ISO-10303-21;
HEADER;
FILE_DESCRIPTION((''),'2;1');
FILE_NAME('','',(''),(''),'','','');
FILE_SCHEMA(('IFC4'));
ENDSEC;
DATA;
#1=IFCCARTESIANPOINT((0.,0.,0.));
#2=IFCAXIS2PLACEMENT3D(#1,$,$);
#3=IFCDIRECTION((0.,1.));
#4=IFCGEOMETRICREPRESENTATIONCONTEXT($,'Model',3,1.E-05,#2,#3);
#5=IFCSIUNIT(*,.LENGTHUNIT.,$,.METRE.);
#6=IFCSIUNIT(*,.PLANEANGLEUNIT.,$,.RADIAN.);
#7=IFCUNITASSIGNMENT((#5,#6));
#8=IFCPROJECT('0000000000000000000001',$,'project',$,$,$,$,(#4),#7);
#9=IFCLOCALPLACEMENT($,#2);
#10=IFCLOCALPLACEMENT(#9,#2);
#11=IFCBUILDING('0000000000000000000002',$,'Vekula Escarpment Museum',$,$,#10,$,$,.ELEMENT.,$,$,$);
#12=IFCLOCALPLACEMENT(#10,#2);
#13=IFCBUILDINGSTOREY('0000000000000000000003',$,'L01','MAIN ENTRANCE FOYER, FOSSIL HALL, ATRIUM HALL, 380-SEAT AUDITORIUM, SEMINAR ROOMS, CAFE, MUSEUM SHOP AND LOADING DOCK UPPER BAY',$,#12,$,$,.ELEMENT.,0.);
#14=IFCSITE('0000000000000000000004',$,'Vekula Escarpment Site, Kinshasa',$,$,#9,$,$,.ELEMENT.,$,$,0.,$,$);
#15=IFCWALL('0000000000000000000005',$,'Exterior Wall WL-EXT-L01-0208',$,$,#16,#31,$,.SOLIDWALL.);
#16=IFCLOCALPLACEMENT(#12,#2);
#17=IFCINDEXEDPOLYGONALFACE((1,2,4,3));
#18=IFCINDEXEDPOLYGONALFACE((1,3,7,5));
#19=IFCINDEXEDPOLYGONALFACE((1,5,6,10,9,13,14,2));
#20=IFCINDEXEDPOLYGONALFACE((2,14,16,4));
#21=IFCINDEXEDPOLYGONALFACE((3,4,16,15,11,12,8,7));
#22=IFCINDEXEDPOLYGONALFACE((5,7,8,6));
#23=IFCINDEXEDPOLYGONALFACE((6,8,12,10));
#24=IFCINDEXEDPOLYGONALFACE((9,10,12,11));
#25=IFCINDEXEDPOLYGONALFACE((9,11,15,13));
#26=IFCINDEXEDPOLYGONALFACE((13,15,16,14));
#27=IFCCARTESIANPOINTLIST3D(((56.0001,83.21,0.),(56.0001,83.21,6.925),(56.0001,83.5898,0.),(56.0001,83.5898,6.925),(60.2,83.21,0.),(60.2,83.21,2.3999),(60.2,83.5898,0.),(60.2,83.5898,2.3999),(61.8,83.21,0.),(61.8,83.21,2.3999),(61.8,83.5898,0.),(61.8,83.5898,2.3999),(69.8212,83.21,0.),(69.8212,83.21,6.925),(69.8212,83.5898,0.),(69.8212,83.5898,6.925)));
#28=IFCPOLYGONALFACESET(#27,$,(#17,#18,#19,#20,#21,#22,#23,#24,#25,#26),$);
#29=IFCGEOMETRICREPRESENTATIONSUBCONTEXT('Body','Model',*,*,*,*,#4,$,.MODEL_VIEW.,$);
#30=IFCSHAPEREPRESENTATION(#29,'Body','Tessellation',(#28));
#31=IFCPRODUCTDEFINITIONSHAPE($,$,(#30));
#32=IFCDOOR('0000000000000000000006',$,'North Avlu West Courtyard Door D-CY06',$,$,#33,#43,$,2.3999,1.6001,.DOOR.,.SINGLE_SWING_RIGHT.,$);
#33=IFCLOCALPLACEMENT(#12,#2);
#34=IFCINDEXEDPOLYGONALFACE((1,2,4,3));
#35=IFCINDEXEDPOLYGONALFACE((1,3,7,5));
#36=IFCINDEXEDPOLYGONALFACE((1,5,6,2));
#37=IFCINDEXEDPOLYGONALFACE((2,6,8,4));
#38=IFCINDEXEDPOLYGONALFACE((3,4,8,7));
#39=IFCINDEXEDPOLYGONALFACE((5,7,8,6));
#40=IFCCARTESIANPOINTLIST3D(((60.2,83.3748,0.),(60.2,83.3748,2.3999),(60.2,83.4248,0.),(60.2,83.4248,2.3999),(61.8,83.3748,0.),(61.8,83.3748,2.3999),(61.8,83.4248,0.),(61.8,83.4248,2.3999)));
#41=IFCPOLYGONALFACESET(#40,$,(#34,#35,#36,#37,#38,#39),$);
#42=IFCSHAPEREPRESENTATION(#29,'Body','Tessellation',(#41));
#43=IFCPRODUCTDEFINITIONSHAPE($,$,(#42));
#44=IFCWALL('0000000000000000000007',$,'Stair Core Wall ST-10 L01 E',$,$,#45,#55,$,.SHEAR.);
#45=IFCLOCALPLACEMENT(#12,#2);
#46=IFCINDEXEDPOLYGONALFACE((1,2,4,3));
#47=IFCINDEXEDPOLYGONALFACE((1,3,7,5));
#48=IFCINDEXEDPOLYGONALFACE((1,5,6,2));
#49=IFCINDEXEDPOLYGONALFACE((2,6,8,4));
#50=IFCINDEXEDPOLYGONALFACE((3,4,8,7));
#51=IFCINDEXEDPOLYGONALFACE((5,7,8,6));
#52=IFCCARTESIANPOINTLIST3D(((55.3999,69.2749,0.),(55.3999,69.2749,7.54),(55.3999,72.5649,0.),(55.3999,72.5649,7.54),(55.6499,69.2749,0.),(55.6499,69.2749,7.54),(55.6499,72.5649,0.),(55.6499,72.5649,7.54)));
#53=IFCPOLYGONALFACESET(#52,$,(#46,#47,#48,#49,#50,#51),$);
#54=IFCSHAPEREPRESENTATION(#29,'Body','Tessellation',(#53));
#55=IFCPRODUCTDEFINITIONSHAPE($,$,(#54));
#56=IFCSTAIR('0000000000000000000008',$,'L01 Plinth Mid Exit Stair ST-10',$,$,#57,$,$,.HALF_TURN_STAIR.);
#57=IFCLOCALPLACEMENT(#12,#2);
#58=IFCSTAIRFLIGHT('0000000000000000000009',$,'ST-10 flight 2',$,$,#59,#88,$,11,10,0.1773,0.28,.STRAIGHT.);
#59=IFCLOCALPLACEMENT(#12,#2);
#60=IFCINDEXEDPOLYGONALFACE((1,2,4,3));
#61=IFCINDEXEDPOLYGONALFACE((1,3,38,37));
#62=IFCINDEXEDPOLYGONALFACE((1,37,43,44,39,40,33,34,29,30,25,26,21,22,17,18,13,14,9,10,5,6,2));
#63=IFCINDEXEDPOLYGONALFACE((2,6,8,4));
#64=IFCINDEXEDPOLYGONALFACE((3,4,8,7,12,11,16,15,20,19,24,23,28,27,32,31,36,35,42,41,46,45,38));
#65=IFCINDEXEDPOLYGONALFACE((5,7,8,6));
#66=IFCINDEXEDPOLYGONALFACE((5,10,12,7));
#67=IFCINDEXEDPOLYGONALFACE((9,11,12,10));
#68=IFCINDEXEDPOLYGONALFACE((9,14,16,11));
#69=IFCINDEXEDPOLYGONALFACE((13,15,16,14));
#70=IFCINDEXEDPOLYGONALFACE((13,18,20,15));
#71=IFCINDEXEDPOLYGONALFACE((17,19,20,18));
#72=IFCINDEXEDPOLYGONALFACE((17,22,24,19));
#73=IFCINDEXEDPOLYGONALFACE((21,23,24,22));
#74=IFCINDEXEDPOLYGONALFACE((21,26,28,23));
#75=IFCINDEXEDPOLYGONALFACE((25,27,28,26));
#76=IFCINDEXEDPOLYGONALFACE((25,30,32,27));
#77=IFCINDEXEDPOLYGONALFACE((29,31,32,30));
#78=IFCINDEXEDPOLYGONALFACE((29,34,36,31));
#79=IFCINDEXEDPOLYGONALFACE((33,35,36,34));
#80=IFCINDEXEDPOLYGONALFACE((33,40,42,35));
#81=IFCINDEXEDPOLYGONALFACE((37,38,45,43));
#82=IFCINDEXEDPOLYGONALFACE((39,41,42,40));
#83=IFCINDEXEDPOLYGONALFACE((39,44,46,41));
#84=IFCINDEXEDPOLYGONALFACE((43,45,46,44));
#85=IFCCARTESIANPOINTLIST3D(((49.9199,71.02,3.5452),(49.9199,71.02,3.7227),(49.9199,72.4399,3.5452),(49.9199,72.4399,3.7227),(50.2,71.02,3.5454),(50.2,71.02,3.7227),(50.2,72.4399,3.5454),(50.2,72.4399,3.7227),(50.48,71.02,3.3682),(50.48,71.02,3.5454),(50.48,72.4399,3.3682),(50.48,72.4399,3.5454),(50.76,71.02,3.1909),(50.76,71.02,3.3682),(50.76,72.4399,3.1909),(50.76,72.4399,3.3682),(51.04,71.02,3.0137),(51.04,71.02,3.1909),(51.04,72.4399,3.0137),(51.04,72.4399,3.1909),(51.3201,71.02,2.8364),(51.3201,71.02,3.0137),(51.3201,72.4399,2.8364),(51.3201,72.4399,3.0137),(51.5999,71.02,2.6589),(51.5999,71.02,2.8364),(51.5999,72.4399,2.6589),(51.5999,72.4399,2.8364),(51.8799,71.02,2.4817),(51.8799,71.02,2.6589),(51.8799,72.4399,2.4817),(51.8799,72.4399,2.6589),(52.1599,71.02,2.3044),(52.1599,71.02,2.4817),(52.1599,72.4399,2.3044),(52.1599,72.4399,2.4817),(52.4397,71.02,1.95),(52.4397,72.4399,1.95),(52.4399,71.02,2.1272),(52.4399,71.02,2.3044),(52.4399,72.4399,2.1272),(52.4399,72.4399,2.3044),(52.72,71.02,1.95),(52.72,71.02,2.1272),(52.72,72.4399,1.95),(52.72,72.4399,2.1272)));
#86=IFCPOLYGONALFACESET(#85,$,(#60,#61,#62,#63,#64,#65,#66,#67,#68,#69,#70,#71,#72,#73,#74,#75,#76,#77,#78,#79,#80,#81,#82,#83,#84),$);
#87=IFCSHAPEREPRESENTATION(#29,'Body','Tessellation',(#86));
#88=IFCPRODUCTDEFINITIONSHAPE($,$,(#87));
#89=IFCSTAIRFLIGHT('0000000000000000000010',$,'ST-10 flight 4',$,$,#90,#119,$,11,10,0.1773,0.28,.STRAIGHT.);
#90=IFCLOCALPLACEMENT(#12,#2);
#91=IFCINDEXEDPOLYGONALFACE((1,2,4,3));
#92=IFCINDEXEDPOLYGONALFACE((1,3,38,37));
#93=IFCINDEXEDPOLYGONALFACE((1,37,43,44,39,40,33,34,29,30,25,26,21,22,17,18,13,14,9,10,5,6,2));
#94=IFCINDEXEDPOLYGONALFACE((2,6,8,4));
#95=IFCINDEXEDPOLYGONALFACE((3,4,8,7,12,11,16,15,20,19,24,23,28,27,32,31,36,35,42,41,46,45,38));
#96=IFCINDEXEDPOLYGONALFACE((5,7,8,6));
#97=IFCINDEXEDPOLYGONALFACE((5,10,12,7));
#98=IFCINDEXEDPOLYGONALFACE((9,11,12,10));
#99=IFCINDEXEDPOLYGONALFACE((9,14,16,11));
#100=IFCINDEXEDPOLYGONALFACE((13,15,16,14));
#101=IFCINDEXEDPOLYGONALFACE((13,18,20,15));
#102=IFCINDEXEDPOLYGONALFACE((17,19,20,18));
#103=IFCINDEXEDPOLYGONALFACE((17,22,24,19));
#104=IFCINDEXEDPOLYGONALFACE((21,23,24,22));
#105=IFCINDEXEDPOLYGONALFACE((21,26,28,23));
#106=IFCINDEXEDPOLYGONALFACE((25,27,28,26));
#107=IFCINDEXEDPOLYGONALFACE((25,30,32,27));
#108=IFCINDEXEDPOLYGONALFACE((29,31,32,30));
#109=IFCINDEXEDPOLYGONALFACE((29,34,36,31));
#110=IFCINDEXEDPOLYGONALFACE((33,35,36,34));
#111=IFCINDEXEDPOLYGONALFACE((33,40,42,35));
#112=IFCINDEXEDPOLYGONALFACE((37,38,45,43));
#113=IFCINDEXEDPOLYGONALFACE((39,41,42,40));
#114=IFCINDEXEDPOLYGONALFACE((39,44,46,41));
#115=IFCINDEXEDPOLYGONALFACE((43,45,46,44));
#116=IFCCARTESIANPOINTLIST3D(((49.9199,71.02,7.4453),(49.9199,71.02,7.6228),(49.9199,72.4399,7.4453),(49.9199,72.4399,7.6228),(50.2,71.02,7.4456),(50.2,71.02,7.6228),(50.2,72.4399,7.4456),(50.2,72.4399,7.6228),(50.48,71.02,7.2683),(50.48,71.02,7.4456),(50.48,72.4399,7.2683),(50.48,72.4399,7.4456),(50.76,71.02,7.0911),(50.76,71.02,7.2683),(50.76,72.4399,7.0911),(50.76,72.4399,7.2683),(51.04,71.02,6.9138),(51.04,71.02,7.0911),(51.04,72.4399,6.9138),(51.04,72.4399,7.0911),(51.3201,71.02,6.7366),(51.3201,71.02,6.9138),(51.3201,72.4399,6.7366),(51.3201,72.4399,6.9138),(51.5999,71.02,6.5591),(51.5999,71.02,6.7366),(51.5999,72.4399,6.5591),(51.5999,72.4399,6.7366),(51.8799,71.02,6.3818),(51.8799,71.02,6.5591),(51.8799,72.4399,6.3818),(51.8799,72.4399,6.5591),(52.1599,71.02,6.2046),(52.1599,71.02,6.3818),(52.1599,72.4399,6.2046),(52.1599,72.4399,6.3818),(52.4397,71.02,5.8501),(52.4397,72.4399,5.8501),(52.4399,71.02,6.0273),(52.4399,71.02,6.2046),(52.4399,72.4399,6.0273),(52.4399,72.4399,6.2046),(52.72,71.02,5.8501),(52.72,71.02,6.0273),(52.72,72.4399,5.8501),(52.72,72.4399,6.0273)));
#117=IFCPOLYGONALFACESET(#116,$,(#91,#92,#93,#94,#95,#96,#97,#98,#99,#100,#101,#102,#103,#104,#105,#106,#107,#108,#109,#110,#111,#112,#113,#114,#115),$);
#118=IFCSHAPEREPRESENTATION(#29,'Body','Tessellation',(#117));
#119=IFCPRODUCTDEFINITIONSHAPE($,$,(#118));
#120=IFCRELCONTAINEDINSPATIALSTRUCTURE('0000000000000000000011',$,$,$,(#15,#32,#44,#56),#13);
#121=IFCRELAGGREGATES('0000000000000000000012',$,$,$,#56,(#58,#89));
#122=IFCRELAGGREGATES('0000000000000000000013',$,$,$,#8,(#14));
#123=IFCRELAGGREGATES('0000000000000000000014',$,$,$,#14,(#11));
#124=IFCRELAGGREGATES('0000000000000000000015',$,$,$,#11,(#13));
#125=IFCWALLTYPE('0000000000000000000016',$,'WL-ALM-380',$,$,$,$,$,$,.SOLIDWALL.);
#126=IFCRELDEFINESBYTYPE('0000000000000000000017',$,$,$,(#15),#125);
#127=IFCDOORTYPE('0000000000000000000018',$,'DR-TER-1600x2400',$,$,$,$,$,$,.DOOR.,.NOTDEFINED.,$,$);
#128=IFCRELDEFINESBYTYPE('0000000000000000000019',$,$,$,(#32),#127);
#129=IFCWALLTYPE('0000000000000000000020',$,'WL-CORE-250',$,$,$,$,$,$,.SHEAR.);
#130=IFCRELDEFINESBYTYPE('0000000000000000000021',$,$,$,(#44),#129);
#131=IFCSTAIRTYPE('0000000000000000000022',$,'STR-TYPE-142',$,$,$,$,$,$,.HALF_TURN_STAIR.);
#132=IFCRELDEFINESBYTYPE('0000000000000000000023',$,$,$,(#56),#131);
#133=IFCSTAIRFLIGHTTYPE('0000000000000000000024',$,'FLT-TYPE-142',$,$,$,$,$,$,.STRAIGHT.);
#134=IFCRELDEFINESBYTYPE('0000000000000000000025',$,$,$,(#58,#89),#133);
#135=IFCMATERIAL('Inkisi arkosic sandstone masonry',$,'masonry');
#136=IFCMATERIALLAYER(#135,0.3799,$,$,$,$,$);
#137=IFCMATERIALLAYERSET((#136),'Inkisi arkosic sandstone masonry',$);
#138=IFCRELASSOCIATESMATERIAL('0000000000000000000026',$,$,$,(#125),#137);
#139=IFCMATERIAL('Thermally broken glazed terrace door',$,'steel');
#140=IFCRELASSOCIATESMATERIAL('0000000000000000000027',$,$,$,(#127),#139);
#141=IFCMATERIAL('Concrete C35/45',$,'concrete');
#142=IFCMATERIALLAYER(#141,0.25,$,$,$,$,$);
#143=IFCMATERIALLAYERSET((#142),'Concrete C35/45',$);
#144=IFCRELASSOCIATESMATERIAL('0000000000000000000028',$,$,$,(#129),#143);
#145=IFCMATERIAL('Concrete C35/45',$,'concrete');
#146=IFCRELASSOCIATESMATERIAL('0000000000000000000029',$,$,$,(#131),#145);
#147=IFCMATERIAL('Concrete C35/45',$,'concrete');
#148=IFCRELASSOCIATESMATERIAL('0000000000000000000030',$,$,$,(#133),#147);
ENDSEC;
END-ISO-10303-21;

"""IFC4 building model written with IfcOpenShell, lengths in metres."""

from ifc_helpers import new_model, si_unit, direction, frame, frame_2d, origin, place, context, subcontext, project, spatial, polyline, rectangle, outline, extrude, material, layer, layer_set, type_object, element, fill, aggregate, save


model = new_model("IFC4")

# Units and contexts
model_context = context("Model", 3, precision=1e-05, world=origin(), true_north=direction((0.0, 1.0)))
body_context = subcontext(model_context, "Body", "Model", "MODEL_VIEW")
ifc_project = project(units=[si_unit("LENGTHUNIT", "METRE"), si_unit("PLANEANGLEUNIT", "RADIAN")], contexts=[model_context])

# Site, building, storey
site_placement = place(None, origin())
site = spatial("IfcSite", under=ifc_project, at=site_placement, Name="Vekula Escarpment Site, Kinshasa", CompositionType="ELEMENT", RefElevation=0.0)
building_placement = place(site_placement, origin())
building = spatial("IfcBuilding", under=site, at=building_placement, Name="Vekula Escarpment Museum", CompositionType="ELEMENT")
storey_placement = place(building_placement, origin())
storey = spatial("IfcBuildingStorey", under=building, at=storey_placement, Name="L01", Description="MAIN ENTRANCE FOYER, FOSSIL HALL, ATRIUM HALL, 380-SEAT AUDITORIUM, SEMINAR ROOMS, CAFE, MUSEUM SHOP AND LOADING DOCK UPPER BAY", CompositionType="ELEMENT", Elevation=0.0)

# Wall, opening, door
ifc_material_1 = material(Name="Inkisi arkosic sandstone masonry", Category="masonry")
ifc_layer_1 = layer(ifc_material_1, 0.3799)
ifc_layer_set_1 = layer_set([ifc_layer_1], Name="Inkisi arkosic sandstone masonry")
wall_type_1 = type_object("IfcWallType", Name="WL-ALM-380", PredefinedType="SOLIDWALL", material=ifc_layer_set_1)
wall_1_placement = place(storey_placement, frame((56.0, 83.3999, 0.0), z_axis=(0.0, 0.0, 1.0), x_axis=(1.0, 0.0, 0.0)))
wall_1 = element("IfcWall", 1, at=wall_1_placement, inside=storey, type_object=wall_type_1, Name="Exterior Wall WL-EXT-L01-0208", PredefinedType="SOLIDWALL", context=body_context, shape_type="SweptSolid", body=[
    extrude(rectangle(XDim=13.821, YDim=0.3799, at=frame_2d((6.9106, 0.0))), origin(), (0.0, 0.0, 1.0), 6.925),
])
opening_placement = place(wall_1_placement, frame((4.2, 0.0, 0.0)))
opening = element("IfcOpeningElement", 2, at=opening_placement, cuts=wall_1, PredefinedType="OPENING", context=body_context, shape_type="SweptSolid", body=[
    extrude(rectangle(XDim=1.6001, YDim=2.3999, at=frame_2d((0.8, 1.2))), frame((0.0, 0.2, 0.0), z_axis=(0.0, -1.0, 0.0), x_axis=(1.0, 0.0, 0.0)), (0.0, 0.0, 1.0), 0.3999),
])
ifc_material_2 = material(Name="Thermally broken glazed terrace door", Category="steel")
door_type = type_object("IfcDoorType", Name="DR-TER-1600x2400", OperationType="NOTDEFINED", PredefinedType="DOOR", material=ifc_material_2)
door_placement = place(opening_placement, origin())
door = element("IfcDoor", 3, at=door_placement, inside=storey, type_object=door_type, Name="North Avlu West Courtyard Door D-CY06", OperationType="SINGLE_SWING_RIGHT", OverallHeight=2.3999, OverallWidth=1.6001, PredefinedType="DOOR", context=body_context, shape_type="SweptSolid", body=[
    extrude(rectangle(XDim=1.6001, YDim=2.3999, at=frame_2d((0.8, 1.2))), frame((0.0, 0.0249, 0.0), z_axis=(0.0, -1.0, 0.0), x_axis=(1.0, 0.0, 0.0)), (0.0, 0.0, 1.0), 0.05),
])
fill(opening, door)

# Wall
ifc_material_3 = material(Name="Concrete C35/45", Category="concrete")
ifc_layer_2 = layer(ifc_material_3, 0.25)
ifc_layer_set_2 = layer_set([ifc_layer_2], Name="Concrete C35/45")
wall_type_2 = type_object("IfcWallType", Name="WL-CORE-250", PredefinedType="SHEAR", material=ifc_layer_set_2)
wall_2_placement = place(storey_placement, frame((55.5249, 69.2749, 0.0), z_axis=(0.0, 0.0, 1.0), x_axis=(0.0, 1.0, 0.0)))
element("IfcWall", 4, at=wall_2_placement, inside=storey, type_object=wall_type_2, Name="Stair Core Wall ST-10 L01 E", PredefinedType="SHEAR", context=body_context, shape_type="SweptSolid", body=[
    extrude(rectangle(XDim=3.29, YDim=0.25, at=frame_2d((1.645, 0.0))), origin(), (0.0, 0.0, 1.0), 7.54),
])

# Stair, stair flights
ifc_material_4 = material(Name="Concrete C35/45", Category="concrete")
stair_type = type_object("IfcStairType", Name="STR-TYPE-142", PredefinedType="HALF_TURN_STAIR", material=ifc_material_4)
stair_placement = place(storey_placement, origin())
stair = element("IfcStair", 5, at=stair_placement, inside=storey, type_object=stair_type, Name="L01 Plinth Mid Exit Stair ST-10", PredefinedType="HALF_TURN_STAIR")
ifc_material_5 = material(Name="Concrete C35/45", Category="concrete")
stair_flight_type = type_object("IfcStairFlightType", Name="FLT-TYPE-142", PredefinedType="STRAIGHT", material=ifc_material_5)
stair_flight_1_placement = place(storey_placement, frame((52.72, 71.73, 1.95), z_axis=(0.0, 0.0, 1.0), x_axis=(-1.0, 0.0, 0.0)))
stair_flight_1 = element("IfcStairFlight", 6, at=stair_flight_1_placement, type_object=stair_flight_type, Name="ST-10 flight 2", NumberOfRisers=11, NumberOfTreads=10, PredefinedType="STRAIGHT", RiserHeight=0.1773, TreadLength=0.28, context=body_context, shape_type="SweptSolid", body=[
    extrude(outline(polyline([(0.0, 0.0), (0.0, 0.1772), (0.28, 0.1772), (0.28, 0.3545), (0.5601, 0.3545), (0.5601, 0.5317), (0.8401, 0.5317), (0.8401, 0.709), (1.1201, 0.709), (1.1201, 0.8865), (1.3999, 0.8865), (1.3999, 1.0637), (1.6799, 1.0637), (1.6799, 1.241), (1.96, 1.241), (1.96, 1.4182), (2.24, 1.4182), (2.24, 1.5955), (2.52, 1.5955), (2.52, 1.7727), (2.8, 1.7727), (2.8, 1.95), (2.8, 1.5952), (0.2803, 0.0), (0.0, 0.0)])), frame((0.0, 0.71, 0.0), z_axis=(0.0, -1.0, 0.0), x_axis=(1.0, 0.0, 0.0)), (0.0, 0.0, 1.0), 1.4199),
])
stair_flight_2_placement = place(storey_placement, frame((52.72, 71.73, 5.8501), z_axis=(0.0, 0.0, 1.0), x_axis=(-1.0, 0.0, 0.0)))
stair_flight_2 = element("IfcStairFlight", 7, at=stair_flight_2_placement, type_object=stair_flight_type, Name="ST-10 flight 4", NumberOfRisers=11, NumberOfTreads=10, PredefinedType="STRAIGHT", RiserHeight=0.1773, TreadLength=0.28, context=body_context, shape_type="SweptSolid", body=[
    extrude(outline(polyline([(0.0, 0.0), (0.0, 0.1772), (0.28, 0.1772), (0.28, 0.3545), (0.5601, 0.3545), (0.5601, 0.5317), (0.8401, 0.5317), (0.8401, 0.709), (1.1201, 0.709), (1.1201, 0.8865), (1.3999, 0.8865), (1.3999, 1.0637), (1.6799, 1.0637), (1.6799, 1.241), (1.96, 1.241), (1.96, 1.4182), (2.24, 1.4182), (2.24, 1.5955), (2.52, 1.5955), (2.52, 1.7727), (2.8, 1.7727), (2.8, 1.95), (2.8, 1.5952), (0.2803, 0.0), (0.0, 0.0)])), frame((0.0, 0.71, 0.0), z_axis=(0.0, -1.0, 0.0), x_axis=(1.0, 0.0, 0.0)), (0.0, 0.0, 1.0), 1.4199),
])
aggregate(stair, [stair_flight_1, stair_flight_2])

save(model, "model.ifc")
